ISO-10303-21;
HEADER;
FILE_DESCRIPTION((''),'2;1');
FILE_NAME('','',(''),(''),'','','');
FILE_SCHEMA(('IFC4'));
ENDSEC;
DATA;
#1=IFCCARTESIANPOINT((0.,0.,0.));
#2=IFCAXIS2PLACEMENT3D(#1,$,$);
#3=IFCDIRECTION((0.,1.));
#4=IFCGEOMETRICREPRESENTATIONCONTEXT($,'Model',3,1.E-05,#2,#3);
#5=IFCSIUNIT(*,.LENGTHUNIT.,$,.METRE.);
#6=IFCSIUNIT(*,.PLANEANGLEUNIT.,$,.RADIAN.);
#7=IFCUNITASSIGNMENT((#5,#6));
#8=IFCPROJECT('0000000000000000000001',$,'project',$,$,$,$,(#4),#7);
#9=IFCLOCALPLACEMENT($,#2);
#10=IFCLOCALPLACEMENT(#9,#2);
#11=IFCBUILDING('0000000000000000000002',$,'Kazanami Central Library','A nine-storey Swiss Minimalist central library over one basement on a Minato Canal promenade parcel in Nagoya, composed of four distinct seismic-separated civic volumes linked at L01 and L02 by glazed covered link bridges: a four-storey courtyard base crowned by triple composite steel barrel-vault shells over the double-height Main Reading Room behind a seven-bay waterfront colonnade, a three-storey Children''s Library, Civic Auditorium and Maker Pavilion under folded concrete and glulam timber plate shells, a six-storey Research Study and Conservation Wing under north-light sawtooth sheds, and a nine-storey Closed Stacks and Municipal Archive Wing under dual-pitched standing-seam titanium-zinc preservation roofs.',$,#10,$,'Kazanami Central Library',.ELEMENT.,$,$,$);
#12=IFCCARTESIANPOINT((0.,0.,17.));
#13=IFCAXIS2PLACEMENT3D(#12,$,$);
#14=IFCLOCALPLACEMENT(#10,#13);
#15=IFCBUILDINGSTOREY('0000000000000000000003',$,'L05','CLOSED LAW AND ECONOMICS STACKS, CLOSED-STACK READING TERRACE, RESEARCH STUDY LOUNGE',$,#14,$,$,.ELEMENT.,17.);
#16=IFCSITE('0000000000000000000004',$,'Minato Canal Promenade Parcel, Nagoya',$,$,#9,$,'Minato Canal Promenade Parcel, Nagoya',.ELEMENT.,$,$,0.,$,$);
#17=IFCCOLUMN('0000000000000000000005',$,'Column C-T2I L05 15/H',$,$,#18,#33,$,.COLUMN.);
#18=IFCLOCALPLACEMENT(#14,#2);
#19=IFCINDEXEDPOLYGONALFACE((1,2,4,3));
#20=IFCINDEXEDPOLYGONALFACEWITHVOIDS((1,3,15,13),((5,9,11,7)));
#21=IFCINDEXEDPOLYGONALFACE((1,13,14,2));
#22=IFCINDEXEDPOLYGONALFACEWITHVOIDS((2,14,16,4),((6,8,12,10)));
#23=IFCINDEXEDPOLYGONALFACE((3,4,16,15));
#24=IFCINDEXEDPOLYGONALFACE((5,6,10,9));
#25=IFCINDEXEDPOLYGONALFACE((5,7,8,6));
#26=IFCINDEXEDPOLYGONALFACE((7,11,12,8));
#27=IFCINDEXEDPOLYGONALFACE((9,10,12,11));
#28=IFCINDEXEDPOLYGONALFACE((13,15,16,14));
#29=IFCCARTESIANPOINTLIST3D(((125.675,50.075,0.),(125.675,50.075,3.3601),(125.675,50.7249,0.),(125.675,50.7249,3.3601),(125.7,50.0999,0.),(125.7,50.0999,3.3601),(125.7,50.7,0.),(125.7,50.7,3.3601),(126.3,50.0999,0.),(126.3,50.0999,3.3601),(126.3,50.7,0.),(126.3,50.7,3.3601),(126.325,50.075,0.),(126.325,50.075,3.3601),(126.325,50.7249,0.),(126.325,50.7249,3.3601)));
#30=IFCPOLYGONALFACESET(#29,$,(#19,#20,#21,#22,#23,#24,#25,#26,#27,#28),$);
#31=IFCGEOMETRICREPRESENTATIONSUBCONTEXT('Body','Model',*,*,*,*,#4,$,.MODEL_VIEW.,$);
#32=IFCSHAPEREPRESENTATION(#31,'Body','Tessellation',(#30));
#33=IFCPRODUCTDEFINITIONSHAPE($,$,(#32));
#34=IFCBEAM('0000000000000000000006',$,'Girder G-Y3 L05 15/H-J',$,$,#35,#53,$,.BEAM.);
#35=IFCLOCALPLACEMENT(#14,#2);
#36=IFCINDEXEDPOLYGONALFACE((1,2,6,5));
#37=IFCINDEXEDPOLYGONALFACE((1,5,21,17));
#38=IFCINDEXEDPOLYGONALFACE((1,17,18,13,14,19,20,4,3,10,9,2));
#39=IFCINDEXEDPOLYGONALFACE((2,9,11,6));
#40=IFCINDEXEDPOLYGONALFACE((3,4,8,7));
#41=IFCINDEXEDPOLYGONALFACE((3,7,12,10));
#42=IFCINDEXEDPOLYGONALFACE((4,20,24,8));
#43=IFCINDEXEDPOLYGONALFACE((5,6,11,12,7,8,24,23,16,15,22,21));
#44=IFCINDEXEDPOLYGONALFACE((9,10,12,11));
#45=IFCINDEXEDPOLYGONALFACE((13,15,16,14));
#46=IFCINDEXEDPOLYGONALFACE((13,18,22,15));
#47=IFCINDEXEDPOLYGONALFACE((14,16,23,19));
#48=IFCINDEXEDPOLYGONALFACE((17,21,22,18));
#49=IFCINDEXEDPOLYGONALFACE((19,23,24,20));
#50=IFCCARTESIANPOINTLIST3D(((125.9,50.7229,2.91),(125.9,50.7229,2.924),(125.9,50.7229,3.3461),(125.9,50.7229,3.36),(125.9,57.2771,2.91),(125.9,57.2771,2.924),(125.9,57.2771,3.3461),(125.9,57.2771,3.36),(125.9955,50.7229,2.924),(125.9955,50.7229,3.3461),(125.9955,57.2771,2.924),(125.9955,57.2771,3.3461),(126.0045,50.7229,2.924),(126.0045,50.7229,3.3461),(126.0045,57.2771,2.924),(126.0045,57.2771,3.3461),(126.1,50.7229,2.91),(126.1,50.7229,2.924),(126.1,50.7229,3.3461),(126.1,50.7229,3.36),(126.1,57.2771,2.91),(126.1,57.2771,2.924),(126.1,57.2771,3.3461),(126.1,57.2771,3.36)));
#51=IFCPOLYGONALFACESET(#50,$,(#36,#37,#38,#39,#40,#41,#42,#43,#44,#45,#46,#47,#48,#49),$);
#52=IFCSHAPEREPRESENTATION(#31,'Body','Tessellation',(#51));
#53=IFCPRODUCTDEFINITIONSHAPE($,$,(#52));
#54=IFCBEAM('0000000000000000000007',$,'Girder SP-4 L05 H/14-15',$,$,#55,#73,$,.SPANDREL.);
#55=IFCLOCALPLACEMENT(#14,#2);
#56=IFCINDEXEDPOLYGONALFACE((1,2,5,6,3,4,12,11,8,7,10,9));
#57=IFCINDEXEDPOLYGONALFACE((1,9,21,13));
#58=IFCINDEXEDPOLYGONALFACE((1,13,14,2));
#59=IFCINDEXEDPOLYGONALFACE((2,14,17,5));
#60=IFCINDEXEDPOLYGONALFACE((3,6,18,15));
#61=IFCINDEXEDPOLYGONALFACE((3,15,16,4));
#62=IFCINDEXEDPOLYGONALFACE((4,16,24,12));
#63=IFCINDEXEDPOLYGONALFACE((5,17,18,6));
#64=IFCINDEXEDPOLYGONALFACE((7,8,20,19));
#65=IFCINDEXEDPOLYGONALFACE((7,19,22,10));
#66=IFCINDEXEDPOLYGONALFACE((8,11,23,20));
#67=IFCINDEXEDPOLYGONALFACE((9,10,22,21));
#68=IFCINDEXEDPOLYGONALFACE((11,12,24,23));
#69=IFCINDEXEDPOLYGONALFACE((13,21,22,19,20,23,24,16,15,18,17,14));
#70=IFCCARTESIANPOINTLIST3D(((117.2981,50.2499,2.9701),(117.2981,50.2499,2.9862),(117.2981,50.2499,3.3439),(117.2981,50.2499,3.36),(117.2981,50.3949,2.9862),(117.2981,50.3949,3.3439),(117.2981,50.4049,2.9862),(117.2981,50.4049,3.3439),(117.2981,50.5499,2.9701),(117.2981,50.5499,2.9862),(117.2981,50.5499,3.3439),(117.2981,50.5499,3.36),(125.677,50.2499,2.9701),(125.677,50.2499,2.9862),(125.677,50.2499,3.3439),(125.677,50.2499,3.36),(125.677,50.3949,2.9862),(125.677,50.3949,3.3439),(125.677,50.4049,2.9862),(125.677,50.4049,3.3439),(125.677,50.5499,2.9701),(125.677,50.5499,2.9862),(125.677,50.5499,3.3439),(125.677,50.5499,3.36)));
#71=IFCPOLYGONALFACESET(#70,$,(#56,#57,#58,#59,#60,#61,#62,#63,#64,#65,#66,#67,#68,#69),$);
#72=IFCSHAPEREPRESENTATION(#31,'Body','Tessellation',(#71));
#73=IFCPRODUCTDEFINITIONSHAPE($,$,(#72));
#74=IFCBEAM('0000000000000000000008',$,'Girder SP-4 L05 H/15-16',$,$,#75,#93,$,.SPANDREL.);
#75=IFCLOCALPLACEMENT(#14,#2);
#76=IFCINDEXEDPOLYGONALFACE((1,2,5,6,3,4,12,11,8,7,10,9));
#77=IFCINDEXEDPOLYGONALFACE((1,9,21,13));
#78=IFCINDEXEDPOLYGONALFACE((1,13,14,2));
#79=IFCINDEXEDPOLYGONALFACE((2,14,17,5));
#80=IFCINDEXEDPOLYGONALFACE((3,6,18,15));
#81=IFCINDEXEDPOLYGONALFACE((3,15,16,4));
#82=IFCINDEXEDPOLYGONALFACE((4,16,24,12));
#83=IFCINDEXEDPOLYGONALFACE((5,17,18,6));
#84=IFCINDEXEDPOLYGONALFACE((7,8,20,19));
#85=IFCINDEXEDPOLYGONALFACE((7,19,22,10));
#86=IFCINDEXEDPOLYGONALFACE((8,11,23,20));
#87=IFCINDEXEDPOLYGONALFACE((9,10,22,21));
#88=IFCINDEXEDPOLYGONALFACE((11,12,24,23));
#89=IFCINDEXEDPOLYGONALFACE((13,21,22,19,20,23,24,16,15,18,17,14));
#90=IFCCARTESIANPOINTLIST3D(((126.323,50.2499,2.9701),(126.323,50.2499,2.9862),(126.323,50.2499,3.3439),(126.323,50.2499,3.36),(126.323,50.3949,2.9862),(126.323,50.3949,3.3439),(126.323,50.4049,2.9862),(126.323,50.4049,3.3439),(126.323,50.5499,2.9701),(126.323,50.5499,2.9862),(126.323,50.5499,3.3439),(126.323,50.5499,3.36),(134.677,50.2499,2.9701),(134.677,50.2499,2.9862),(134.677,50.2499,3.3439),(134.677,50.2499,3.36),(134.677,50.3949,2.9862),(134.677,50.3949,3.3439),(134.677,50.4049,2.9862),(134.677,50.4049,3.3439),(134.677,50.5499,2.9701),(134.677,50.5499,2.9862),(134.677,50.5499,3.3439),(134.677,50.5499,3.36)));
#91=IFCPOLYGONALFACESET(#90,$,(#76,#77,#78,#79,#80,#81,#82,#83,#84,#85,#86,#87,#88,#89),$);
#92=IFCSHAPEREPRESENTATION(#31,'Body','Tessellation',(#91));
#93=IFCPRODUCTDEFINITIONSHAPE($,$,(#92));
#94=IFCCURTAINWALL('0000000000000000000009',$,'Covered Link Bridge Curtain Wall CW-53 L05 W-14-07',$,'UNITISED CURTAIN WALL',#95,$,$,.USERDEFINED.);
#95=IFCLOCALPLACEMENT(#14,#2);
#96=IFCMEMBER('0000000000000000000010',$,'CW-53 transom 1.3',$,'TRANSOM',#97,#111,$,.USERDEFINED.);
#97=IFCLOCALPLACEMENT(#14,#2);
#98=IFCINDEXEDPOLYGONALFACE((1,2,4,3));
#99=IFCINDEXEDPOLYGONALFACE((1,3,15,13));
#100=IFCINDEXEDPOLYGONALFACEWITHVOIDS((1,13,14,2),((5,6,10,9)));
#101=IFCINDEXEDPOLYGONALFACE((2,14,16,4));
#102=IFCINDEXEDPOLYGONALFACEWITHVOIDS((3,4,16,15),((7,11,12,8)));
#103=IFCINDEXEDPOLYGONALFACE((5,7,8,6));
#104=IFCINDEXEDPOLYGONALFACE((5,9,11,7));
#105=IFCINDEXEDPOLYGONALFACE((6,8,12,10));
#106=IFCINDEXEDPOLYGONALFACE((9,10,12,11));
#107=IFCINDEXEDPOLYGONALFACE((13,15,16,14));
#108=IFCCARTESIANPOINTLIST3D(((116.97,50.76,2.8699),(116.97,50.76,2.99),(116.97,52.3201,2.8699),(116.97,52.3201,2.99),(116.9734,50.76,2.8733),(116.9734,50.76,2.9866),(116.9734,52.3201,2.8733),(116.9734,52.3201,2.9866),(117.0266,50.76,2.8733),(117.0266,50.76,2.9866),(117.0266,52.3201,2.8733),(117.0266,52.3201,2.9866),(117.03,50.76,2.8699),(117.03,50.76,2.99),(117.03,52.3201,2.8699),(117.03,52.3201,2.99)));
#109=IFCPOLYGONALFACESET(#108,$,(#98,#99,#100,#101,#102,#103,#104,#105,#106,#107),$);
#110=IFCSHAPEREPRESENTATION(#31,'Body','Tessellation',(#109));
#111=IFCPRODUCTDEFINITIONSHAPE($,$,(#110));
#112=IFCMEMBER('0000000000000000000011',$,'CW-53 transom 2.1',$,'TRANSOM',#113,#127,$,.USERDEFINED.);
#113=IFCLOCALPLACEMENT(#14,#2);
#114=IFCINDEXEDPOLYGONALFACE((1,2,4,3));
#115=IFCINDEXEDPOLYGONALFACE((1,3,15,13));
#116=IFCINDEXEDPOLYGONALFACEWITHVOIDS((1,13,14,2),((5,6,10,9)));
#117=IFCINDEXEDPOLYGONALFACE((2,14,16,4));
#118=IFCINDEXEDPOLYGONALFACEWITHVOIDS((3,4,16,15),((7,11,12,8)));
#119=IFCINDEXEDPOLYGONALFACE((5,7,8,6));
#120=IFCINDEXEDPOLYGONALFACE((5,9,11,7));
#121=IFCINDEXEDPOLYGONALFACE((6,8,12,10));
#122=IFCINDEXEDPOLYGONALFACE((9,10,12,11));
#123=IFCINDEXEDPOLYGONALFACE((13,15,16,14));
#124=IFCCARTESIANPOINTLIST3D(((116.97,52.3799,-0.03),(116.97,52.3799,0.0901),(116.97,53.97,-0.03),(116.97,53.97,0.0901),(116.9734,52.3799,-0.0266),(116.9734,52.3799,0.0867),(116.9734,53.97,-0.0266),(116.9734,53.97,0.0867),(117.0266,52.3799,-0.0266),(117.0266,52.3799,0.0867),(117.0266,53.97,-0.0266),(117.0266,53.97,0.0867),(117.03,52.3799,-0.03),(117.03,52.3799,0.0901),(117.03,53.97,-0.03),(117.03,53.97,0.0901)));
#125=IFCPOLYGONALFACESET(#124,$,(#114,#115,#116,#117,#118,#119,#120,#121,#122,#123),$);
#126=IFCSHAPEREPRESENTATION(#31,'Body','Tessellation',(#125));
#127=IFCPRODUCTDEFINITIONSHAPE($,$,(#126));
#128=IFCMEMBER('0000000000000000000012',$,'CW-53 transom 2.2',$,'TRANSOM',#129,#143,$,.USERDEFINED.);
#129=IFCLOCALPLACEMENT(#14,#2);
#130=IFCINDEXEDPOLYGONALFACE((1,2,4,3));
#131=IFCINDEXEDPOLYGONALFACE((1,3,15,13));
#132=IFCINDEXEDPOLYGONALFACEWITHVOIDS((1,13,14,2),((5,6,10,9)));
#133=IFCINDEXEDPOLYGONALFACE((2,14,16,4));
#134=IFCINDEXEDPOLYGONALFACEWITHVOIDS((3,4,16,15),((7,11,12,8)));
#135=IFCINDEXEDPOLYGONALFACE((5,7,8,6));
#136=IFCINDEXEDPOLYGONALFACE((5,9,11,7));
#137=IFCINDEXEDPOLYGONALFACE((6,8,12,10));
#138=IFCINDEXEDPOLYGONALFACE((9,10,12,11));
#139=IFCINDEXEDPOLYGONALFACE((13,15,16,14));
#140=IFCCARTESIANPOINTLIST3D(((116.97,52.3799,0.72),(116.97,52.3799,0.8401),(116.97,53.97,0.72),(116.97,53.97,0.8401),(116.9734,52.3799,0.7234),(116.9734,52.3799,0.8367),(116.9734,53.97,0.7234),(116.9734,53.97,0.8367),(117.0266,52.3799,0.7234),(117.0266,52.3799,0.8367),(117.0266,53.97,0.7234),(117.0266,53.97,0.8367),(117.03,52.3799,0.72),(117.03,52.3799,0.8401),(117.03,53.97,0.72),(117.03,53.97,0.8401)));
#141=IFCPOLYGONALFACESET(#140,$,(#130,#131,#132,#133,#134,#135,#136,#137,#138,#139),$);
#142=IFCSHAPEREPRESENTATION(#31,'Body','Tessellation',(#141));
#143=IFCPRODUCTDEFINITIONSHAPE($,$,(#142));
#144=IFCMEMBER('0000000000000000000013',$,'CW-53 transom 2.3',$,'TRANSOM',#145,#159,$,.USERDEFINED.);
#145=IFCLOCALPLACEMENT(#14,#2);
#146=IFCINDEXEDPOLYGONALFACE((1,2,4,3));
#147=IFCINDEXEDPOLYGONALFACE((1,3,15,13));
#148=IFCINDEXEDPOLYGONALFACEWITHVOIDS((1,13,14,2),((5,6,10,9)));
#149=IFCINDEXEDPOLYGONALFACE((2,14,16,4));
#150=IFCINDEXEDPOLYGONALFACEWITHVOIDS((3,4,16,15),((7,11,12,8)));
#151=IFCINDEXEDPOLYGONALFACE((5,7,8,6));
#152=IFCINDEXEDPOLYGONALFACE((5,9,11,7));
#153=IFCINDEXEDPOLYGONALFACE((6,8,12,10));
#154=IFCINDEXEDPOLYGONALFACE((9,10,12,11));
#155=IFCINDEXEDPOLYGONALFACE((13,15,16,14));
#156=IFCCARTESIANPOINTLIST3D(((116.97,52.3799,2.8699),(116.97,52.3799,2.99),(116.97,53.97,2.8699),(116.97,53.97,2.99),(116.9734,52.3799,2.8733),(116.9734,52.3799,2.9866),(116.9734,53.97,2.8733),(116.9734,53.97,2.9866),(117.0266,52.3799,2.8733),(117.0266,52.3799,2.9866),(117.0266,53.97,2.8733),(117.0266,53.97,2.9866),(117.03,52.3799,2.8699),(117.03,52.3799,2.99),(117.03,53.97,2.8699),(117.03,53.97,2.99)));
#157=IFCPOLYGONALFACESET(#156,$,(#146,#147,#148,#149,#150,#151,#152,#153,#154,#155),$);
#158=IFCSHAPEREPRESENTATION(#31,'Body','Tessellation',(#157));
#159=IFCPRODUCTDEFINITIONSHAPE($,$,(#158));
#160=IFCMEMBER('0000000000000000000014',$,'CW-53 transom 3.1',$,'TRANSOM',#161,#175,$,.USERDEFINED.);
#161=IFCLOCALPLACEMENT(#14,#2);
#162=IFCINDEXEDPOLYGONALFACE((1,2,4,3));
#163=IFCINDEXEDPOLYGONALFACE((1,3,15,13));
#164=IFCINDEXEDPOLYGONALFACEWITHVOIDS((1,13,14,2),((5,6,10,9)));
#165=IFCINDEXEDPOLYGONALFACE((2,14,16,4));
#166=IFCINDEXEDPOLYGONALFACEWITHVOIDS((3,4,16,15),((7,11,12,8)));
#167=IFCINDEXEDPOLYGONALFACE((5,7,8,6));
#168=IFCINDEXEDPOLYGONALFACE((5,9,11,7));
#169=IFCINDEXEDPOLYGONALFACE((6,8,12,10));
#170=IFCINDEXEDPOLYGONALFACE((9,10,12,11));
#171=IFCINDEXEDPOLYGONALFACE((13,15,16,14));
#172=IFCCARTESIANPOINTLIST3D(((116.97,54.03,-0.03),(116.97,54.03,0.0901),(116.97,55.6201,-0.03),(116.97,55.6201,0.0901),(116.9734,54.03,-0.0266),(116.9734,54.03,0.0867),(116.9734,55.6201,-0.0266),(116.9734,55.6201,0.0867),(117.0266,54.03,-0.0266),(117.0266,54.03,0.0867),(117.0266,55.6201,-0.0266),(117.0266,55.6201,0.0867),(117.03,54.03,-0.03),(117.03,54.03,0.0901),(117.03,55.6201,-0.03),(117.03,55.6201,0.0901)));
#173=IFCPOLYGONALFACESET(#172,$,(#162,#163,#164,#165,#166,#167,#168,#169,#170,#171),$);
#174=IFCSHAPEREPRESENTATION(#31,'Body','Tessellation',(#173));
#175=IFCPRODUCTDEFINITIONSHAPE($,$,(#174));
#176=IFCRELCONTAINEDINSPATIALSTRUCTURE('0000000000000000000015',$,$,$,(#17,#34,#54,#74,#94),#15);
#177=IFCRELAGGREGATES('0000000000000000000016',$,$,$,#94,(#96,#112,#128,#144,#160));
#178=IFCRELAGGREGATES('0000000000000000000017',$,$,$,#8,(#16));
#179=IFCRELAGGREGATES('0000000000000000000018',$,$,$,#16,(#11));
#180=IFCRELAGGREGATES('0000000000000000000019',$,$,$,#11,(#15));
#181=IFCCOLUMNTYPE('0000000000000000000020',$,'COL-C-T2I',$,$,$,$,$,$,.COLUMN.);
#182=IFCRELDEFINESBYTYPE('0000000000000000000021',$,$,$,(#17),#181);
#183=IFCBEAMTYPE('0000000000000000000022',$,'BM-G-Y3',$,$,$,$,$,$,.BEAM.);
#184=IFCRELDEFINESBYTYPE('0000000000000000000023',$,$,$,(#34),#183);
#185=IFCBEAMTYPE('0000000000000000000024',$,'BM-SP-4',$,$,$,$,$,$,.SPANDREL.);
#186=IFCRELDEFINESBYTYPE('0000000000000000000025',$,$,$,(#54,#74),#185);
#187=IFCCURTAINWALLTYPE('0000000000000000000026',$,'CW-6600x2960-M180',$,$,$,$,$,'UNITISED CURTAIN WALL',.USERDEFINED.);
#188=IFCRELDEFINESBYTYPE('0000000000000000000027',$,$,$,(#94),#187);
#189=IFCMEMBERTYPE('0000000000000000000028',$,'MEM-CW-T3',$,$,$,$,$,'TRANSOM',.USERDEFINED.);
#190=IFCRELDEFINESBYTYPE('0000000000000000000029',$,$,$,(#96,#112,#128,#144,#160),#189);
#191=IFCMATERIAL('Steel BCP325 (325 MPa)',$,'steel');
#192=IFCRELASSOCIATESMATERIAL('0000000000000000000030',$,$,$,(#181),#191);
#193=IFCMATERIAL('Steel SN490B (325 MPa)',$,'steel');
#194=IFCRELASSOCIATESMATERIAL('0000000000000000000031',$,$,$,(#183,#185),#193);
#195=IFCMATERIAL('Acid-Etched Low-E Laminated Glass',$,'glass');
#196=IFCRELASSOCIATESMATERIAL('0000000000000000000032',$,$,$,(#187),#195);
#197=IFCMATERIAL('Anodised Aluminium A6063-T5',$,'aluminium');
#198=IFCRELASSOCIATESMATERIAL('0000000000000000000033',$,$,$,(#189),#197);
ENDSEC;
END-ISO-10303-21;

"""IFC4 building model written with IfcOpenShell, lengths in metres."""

from ifc_helpers import new_model, si_unit, direction, frame, origin, origin_2d, place, context, subcontext, project, spatial, hollow_rectangle, i_section, extrude, material, material_profile, profile_set, type_object, element, aggregate, save


model = new_model("IFC4")

# Units and contexts
model_context = context("Model", 3, precision=1e-05, world=origin(), true_north=direction((0.0, 1.0)))
body_context = subcontext(model_context, "Body", "Model", "MODEL_VIEW")
ifc_project = project(units=[si_unit("LENGTHUNIT", "METRE"), si_unit("PLANEANGLEUNIT", "RADIAN")], contexts=[model_context])

# Site, building, storey
site_placement = place(None, origin())
site = spatial("IfcSite", under=ifc_project, at=site_placement, Name="Minato Canal Promenade Parcel, Nagoya", LongName="Minato Canal Promenade Parcel, Nagoya", CompositionType="ELEMENT", RefElevation=0.0)
building_placement = place(site_placement, origin())
building = spatial("IfcBuilding", under=site, at=building_placement, Name="Kazanami Central Library", Description="A nine-storey Swiss Minimalist central library over one basement on a Minato Canal promenade parcel in Nagoya, composed of four distinct seismic-separated civic volumes linked at L01 and L02 by glazed covered link bridges: a four-storey courtyard base crowned by triple composite steel barrel-vault shells over the double-height Main Reading Room behind a seven-bay waterfront colonnade, a three-storey Children's Library, Civic Auditorium and Maker Pavilion under folded concrete and glulam timber plate shells, a six-storey Research Study and Conservation Wing under north-light sawtooth sheds, and a nine-storey Closed Stacks and Municipal Archive Wing under dual-pitched standing-seam titanium-zinc preservation roofs.", LongName="Kazanami Central Library", CompositionType="ELEMENT")
storey_placement = place(building_placement, frame((0.0, 0.0, 17.0)))
storey = spatial("IfcBuildingStorey", under=building, at=storey_placement, Name="L05", Description="CLOSED LAW AND ECONOMICS STACKS, CLOSED-STACK READING TERRACE, RESEARCH STUDY LOUNGE", CompositionType="ELEMENT", Elevation=17.0)

# Column
ifc_material_1 = material(Name="Steel BCP325 (325 MPa)", Category="steel")
ifc_material_profile_1 = material_profile(ifc_material_1, hollow_rectangle(XDim=0.6499, YDim=0.6499, WallThickness=0.0249, at=origin_2d()), Name="BCP-650x650x25")
ifc_profile_set_1 = profile_set([ifc_material_profile_1], Name="Steel BCP325 (325 MPa)")
column_type = type_object("IfcColumnType", Name="COL-C-T2I", PredefinedType="COLUMN", material=ifc_profile_set_1)
column_placement = place(storey_placement, frame((126.0, 50.3999, 0.0), z_axis=(0.0, 0.0, 1.0), x_axis=(1.0, 0.0, 0.0)))
element("IfcColumn", 1, at=column_placement, inside=storey, type_object=column_type, Name="Column C-T2I L05 15/H", PredefinedType="COLUMN", context=body_context, shape_type="SweptSolid", body=[
    extrude(hollow_rectangle(XDim=0.6499, YDim=0.6499, WallThickness=0.0249, at=origin_2d()), origin(), (0.0, 0.0, 1.0), 3.3601),
])

# Beams
ifc_material_2 = material(Name="Steel SN490B (325 MPa)", Category="steel")
ifc_material_profile_2 = material_profile(ifc_material_2, i_section(OverallWidth=0.2, OverallDepth=0.45, WebThickness=0.009, FlangeThickness=0.0139, at=origin_2d()), Name="H-450x200x9x14")
ifc_profile_set_2 = profile_set([ifc_material_profile_2], Name="Steel SN490B (325 MPa)")
beam_type_1 = type_object("IfcBeamType", Name="BM-G-Y3", PredefinedType="BEAM", material=ifc_profile_set_2)
beam_1_placement = place(storey_placement, frame((126.0, 50.7229, 3.135), z_axis=(0.0, 1.0, 0.0), x_axis=(-1.0, 0.0, 0.0)))
element("IfcBeam", 2, at=beam_1_placement, inside=storey, type_object=beam_type_1, Name="Girder G-Y3 L05 15/H-J", PredefinedType="BEAM", context=body_context, shape_type="SweptSolid", body=[
    extrude(i_section(OverallWidth=0.2, OverallDepth=0.45, WebThickness=0.009, FlangeThickness=0.0139, at=origin_2d()), origin(), (0.0, 0.0, 1.0), 6.5542),
])
ifc_material_profile_3 = material_profile(ifc_material_2, i_section(OverallWidth=0.3, OverallDepth=0.3899, WebThickness=0.01, FlangeThickness=0.0161, at=origin_2d()), Name="H-390x300x10x16")
ifc_profile_set_3 = profile_set([ifc_material_profile_3], Name="Steel SN490B (325 MPa)")
beam_type_2 = type_object("IfcBeamType", Name="BM-SP-4", PredefinedType="SPANDREL", material=ifc_profile_set_3)
beam_2_placement = place(storey_placement, frame((117.2981, 50.3999, 3.165), z_axis=(1.0, 0.0, 0.0), x_axis=(0.0, 1.0, 0.0)))
element("IfcBeam", 3, at=beam_2_placement, inside=storey, type_object=beam_type_2, Name="Girder SP-4 L05 H/14-15", PredefinedType="SPANDREL", context=body_context, shape_type="SweptSolid", body=[
    extrude(i_section(OverallWidth=0.3, OverallDepth=0.3899, WebThickness=0.01, FlangeThickness=0.0161, at=origin_2d()), origin(), (0.0, 0.0, 1.0), 8.3789),
])
beam_3_placement = place(storey_placement, frame((126.323, 50.3999, 3.165), z_axis=(1.0, 0.0, 0.0), x_axis=(0.0, 1.0, 0.0)))
element("IfcBeam", 4, at=beam_3_placement, inside=storey, type_object=beam_type_2, Name="Girder SP-4 L05 H/15-16", PredefinedType="SPANDREL", context=body_context, shape_type="SweptSolid", body=[
    extrude(i_section(OverallWidth=0.3, OverallDepth=0.3899, WebThickness=0.01, FlangeThickness=0.0161, at=origin_2d()), origin(), (0.0, 0.0, 1.0), 8.354),
])

# Curtain wall, members
ifc_material_3 = material(Name="Acid-Etched Low-E Laminated Glass", Category="glass")
curtain_wall_type = type_object("IfcCurtainWallType", Name="CW-6600x2960-M180", ElementType="UNITISED CURTAIN WALL", PredefinedType="USERDEFINED", material=ifc_material_3)
curtain_wall_placement = place(storey_placement, origin())
curtain_wall = element("IfcCurtainWall", 5, at=curtain_wall_placement, inside=storey, type_object=curtain_wall_type, Name="Covered Link Bridge Curtain Wall CW-53 L05 W-14-07", ObjectType="UNITISED CURTAIN WALL", PredefinedType="USERDEFINED")
ifc_material_4 = material(Name="Anodised Aluminium A6063-T5", Category="aluminium")
ifc_material_profile_4 = material_profile(ifc_material_4, hollow_rectangle(XDim=0.0601, YDim=0.1201, WallThickness=0.0034, at=origin_2d()), Name="ALU-TRAN-60x120x3.5")
ifc_profile_set_4 = profile_set([ifc_material_profile_4], Name="Anodised Aluminium A6063-T5")
member_type = type_object("IfcMemberType", Name="MEM-CW-T3", ElementType="TRANSOM", PredefinedType="USERDEFINED", material=ifc_profile_set_4)
member_1_placement = place(storey_placement, frame((117.0, 50.76, 2.9299), z_axis=(0.0, 1.0, 0.0), x_axis=(-1.0, 0.0, 0.0)))
member_1 = element("IfcMember", 6, at=member_1_placement, type_object=member_type, Name="CW-53 transom 1.3", ObjectType="TRANSOM", PredefinedType="USERDEFINED", context=body_context, shape_type="SweptSolid", body=[
    extrude(hollow_rectangle(XDim=0.0601, YDim=0.1201, WallThickness=0.0034, at=origin_2d()), origin(), (0.0, 0.0, 1.0), 1.5601),
])
member_2_placement = place(storey_placement, frame((117.0, 52.3799, 0.03), z_axis=(0.0, 1.0, 0.0), x_axis=(-1.0, 0.0, 0.0)))
member_2 = element("IfcMember", 7, at=member_2_placement, type_object=member_type, Name="CW-53 transom 2.1", ObjectType="TRANSOM", PredefinedType="USERDEFINED", context=body_context, shape_type="SweptSolid", body=[
    extrude(hollow_rectangle(XDim=0.0601, YDim=0.1201, WallThickness=0.0034, at=origin_2d()), origin(), (0.0, 0.0, 1.0), 1.5901),
])
member_3_placement = place(storey_placement, frame((117.0, 52.3799, 0.78), z_axis=(0.0, 1.0, 0.0), x_axis=(-1.0, 0.0, 0.0)))
member_3 = element("IfcMember", 8, at=member_3_placement, type_object=member_type, Name="CW-53 transom 2.2", ObjectType="TRANSOM", PredefinedType="USERDEFINED", context=body_context, shape_type="SweptSolid", body=[
    extrude(hollow_rectangle(XDim=0.0601, YDim=0.1201, WallThickness=0.0034, at=origin_2d()), origin(), (0.0, 0.0, 1.0), 1.5901),
])
member_4_placement = place(storey_placement, frame((117.0, 52.3799, 2.9299), z_axis=(0.0, 1.0, 0.0), x_axis=(-1.0, 0.0, 0.0)))
member_4 = element("IfcMember", 9, at=member_4_placement, type_object=member_type, Name="CW-53 transom 2.3", ObjectType="TRANSOM", PredefinedType="USERDEFINED", context=body_context, shape_type="SweptSolid", body=[
    extrude(hollow_rectangle(XDim=0.0601, YDim=0.1201, WallThickness=0.0034, at=origin_2d()), origin(), (0.0, 0.0, 1.0), 1.5901),
])
member_5_placement = place(storey_placement, frame((117.0, 54.03, 0.03), z_axis=(0.0, 1.0, 0.0), x_axis=(-1.0, 0.0, 0.0)))
member_5 = element("IfcMember", 10, at=member_5_placement, type_object=member_type, Name="CW-53 transom 3.1", ObjectType="TRANSOM", PredefinedType="USERDEFINED", context=body_context, shape_type="SweptSolid", body=[
    extrude(hollow_rectangle(XDim=0.0601, YDim=0.1201, WallThickness=0.0034, at=origin_2d()), origin(), (0.0, 0.0, 1.0), 1.5901),
])
aggregate(curtain_wall, [member_1, member_2, member_3, member_4, member_5])

save(model, "model.ifc")
